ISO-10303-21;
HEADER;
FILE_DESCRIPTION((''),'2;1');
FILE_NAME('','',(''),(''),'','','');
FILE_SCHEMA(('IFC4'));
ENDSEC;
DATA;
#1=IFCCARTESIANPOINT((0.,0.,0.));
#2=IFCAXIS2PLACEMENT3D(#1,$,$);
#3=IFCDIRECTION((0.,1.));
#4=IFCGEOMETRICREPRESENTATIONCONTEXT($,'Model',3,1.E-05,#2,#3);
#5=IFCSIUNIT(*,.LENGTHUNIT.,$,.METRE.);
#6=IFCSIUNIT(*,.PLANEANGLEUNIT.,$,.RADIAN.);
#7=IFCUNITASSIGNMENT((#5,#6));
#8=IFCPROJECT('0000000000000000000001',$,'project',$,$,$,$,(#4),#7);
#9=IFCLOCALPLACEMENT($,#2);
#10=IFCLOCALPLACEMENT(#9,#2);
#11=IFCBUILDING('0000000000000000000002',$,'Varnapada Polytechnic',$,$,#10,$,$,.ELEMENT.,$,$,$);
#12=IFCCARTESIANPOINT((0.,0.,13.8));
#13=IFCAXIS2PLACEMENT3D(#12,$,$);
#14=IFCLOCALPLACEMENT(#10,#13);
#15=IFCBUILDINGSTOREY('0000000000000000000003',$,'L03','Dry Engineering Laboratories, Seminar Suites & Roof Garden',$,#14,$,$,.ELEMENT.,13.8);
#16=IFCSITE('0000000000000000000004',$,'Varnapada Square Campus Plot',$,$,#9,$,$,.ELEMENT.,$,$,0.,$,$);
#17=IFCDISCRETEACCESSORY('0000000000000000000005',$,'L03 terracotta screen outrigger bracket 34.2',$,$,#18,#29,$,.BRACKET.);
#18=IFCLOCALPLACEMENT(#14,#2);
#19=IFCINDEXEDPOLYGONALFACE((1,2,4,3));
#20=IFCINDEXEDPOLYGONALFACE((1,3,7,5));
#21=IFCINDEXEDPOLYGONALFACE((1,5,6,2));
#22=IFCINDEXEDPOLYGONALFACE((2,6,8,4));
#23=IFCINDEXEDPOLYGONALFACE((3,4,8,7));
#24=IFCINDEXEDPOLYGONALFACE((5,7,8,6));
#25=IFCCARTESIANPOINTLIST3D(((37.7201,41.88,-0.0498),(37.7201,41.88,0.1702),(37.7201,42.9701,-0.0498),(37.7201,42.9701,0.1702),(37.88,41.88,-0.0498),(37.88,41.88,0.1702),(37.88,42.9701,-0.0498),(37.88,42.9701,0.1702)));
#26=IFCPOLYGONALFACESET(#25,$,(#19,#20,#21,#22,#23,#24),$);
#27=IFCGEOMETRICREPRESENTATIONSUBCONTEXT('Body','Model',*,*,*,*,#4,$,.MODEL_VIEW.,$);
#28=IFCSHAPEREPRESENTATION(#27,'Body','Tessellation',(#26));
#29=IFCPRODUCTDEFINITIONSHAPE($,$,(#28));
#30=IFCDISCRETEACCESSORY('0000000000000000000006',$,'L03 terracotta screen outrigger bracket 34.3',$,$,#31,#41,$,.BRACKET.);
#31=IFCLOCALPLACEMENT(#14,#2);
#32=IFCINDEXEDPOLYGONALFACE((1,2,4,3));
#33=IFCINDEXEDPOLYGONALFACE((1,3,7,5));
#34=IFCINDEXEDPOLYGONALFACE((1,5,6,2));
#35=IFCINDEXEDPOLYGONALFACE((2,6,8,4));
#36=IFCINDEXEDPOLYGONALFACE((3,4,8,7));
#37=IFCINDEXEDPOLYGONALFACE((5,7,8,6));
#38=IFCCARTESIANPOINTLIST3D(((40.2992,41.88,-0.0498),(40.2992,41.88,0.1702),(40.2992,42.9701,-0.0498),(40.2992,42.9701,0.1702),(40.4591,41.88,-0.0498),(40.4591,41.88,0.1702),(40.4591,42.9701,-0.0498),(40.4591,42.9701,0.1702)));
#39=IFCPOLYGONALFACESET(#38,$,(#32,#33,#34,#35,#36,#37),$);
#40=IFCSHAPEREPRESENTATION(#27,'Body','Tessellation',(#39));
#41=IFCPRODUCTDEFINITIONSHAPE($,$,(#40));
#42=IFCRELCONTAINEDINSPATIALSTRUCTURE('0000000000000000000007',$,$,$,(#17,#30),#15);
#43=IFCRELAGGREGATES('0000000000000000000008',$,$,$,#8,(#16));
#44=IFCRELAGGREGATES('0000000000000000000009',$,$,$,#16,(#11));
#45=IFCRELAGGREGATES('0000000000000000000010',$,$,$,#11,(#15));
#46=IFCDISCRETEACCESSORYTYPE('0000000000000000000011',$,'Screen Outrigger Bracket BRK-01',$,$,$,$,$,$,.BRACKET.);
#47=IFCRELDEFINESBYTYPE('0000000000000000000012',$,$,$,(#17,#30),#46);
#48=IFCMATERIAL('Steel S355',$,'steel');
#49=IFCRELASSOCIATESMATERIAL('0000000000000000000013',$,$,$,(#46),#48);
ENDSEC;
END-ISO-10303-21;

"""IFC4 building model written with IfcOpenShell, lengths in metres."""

from ifc_helpers import new_model, si_unit, direction, frame, origin, origin_2d, place, context, subcontext, project, spatial, rectangle, extrude, material, type_object, element, save


model = new_model("IFC4")

# Units and contexts
model_context = context("Model", 3, precision=1e-05, world=origin(), true_north=direction((0.0, 1.0)))
body_context = subcontext(model_context, "Body", "Model", "MODEL_VIEW")
ifc_project = project(units=[si_unit("LENGTHUNIT", "METRE"), si_unit("PLANEANGLEUNIT", "RADIAN")], contexts=[model_context])

# Site, building, storey
site_placement = place(None, origin())
site = spatial("IfcSite", under=ifc_project, at=site_placement, Name="Varnapada Square Campus Plot", CompositionType="ELEMENT", RefElevation=0.0)
building_placement = place(site_placement, origin())
building = spatial("IfcBuilding", under=site, at=building_placement, Name="Varnapada Polytechnic", CompositionType="ELEMENT")
storey_placement = place(building_placement, frame((0.0, 0.0, 13.8)))
storey = spatial("IfcBuildingStorey", under=building, at=storey_placement, Name="L03", Description="Dry Engineering Laboratories, Seminar Suites & Roof Garden", CompositionType="ELEMENT", Elevation=13.8)

# Discrete accessories
ifc_material_1 = material(Name="Steel S355", Category="steel")
discrete_accessory_type = type_object("IfcDiscreteAccessoryType", Name="Screen Outrigger Bracket BRK-01", PredefinedType="BRACKET", material=ifc_material_1)
for number, where, z_axis, x_axis, name in (
    (1, (37.8, 42.425, -0.0498), (0.0, 0.0, 1.0), (1.0, 0.0, 0.0), "L03 terracotta screen outrigger bracket 34.2"),
    (2, (40.3792, 42.425, -0.0498), (0.0, 0.0, 1.0), (1.0, 0.0, 0.0), "L03 terracotta screen outrigger bracket 34.3"),
):
    element("IfcDiscreteAccessory", number, at=place(storey_placement, frame(where, z_axis=z_axis, x_axis=x_axis)), inside=storey, type_object=discrete_accessory_type, Name=name, PredefinedType="BRACKET", context=body_context, shape_type="SweptSolid", body=[
        extrude(rectangle(XDim=0.1599, YDim=1.0901, at=origin_2d()), origin(), (0.0, 0.0, 1.0), 0.22),
    ])

save(model, "model.ifc")
